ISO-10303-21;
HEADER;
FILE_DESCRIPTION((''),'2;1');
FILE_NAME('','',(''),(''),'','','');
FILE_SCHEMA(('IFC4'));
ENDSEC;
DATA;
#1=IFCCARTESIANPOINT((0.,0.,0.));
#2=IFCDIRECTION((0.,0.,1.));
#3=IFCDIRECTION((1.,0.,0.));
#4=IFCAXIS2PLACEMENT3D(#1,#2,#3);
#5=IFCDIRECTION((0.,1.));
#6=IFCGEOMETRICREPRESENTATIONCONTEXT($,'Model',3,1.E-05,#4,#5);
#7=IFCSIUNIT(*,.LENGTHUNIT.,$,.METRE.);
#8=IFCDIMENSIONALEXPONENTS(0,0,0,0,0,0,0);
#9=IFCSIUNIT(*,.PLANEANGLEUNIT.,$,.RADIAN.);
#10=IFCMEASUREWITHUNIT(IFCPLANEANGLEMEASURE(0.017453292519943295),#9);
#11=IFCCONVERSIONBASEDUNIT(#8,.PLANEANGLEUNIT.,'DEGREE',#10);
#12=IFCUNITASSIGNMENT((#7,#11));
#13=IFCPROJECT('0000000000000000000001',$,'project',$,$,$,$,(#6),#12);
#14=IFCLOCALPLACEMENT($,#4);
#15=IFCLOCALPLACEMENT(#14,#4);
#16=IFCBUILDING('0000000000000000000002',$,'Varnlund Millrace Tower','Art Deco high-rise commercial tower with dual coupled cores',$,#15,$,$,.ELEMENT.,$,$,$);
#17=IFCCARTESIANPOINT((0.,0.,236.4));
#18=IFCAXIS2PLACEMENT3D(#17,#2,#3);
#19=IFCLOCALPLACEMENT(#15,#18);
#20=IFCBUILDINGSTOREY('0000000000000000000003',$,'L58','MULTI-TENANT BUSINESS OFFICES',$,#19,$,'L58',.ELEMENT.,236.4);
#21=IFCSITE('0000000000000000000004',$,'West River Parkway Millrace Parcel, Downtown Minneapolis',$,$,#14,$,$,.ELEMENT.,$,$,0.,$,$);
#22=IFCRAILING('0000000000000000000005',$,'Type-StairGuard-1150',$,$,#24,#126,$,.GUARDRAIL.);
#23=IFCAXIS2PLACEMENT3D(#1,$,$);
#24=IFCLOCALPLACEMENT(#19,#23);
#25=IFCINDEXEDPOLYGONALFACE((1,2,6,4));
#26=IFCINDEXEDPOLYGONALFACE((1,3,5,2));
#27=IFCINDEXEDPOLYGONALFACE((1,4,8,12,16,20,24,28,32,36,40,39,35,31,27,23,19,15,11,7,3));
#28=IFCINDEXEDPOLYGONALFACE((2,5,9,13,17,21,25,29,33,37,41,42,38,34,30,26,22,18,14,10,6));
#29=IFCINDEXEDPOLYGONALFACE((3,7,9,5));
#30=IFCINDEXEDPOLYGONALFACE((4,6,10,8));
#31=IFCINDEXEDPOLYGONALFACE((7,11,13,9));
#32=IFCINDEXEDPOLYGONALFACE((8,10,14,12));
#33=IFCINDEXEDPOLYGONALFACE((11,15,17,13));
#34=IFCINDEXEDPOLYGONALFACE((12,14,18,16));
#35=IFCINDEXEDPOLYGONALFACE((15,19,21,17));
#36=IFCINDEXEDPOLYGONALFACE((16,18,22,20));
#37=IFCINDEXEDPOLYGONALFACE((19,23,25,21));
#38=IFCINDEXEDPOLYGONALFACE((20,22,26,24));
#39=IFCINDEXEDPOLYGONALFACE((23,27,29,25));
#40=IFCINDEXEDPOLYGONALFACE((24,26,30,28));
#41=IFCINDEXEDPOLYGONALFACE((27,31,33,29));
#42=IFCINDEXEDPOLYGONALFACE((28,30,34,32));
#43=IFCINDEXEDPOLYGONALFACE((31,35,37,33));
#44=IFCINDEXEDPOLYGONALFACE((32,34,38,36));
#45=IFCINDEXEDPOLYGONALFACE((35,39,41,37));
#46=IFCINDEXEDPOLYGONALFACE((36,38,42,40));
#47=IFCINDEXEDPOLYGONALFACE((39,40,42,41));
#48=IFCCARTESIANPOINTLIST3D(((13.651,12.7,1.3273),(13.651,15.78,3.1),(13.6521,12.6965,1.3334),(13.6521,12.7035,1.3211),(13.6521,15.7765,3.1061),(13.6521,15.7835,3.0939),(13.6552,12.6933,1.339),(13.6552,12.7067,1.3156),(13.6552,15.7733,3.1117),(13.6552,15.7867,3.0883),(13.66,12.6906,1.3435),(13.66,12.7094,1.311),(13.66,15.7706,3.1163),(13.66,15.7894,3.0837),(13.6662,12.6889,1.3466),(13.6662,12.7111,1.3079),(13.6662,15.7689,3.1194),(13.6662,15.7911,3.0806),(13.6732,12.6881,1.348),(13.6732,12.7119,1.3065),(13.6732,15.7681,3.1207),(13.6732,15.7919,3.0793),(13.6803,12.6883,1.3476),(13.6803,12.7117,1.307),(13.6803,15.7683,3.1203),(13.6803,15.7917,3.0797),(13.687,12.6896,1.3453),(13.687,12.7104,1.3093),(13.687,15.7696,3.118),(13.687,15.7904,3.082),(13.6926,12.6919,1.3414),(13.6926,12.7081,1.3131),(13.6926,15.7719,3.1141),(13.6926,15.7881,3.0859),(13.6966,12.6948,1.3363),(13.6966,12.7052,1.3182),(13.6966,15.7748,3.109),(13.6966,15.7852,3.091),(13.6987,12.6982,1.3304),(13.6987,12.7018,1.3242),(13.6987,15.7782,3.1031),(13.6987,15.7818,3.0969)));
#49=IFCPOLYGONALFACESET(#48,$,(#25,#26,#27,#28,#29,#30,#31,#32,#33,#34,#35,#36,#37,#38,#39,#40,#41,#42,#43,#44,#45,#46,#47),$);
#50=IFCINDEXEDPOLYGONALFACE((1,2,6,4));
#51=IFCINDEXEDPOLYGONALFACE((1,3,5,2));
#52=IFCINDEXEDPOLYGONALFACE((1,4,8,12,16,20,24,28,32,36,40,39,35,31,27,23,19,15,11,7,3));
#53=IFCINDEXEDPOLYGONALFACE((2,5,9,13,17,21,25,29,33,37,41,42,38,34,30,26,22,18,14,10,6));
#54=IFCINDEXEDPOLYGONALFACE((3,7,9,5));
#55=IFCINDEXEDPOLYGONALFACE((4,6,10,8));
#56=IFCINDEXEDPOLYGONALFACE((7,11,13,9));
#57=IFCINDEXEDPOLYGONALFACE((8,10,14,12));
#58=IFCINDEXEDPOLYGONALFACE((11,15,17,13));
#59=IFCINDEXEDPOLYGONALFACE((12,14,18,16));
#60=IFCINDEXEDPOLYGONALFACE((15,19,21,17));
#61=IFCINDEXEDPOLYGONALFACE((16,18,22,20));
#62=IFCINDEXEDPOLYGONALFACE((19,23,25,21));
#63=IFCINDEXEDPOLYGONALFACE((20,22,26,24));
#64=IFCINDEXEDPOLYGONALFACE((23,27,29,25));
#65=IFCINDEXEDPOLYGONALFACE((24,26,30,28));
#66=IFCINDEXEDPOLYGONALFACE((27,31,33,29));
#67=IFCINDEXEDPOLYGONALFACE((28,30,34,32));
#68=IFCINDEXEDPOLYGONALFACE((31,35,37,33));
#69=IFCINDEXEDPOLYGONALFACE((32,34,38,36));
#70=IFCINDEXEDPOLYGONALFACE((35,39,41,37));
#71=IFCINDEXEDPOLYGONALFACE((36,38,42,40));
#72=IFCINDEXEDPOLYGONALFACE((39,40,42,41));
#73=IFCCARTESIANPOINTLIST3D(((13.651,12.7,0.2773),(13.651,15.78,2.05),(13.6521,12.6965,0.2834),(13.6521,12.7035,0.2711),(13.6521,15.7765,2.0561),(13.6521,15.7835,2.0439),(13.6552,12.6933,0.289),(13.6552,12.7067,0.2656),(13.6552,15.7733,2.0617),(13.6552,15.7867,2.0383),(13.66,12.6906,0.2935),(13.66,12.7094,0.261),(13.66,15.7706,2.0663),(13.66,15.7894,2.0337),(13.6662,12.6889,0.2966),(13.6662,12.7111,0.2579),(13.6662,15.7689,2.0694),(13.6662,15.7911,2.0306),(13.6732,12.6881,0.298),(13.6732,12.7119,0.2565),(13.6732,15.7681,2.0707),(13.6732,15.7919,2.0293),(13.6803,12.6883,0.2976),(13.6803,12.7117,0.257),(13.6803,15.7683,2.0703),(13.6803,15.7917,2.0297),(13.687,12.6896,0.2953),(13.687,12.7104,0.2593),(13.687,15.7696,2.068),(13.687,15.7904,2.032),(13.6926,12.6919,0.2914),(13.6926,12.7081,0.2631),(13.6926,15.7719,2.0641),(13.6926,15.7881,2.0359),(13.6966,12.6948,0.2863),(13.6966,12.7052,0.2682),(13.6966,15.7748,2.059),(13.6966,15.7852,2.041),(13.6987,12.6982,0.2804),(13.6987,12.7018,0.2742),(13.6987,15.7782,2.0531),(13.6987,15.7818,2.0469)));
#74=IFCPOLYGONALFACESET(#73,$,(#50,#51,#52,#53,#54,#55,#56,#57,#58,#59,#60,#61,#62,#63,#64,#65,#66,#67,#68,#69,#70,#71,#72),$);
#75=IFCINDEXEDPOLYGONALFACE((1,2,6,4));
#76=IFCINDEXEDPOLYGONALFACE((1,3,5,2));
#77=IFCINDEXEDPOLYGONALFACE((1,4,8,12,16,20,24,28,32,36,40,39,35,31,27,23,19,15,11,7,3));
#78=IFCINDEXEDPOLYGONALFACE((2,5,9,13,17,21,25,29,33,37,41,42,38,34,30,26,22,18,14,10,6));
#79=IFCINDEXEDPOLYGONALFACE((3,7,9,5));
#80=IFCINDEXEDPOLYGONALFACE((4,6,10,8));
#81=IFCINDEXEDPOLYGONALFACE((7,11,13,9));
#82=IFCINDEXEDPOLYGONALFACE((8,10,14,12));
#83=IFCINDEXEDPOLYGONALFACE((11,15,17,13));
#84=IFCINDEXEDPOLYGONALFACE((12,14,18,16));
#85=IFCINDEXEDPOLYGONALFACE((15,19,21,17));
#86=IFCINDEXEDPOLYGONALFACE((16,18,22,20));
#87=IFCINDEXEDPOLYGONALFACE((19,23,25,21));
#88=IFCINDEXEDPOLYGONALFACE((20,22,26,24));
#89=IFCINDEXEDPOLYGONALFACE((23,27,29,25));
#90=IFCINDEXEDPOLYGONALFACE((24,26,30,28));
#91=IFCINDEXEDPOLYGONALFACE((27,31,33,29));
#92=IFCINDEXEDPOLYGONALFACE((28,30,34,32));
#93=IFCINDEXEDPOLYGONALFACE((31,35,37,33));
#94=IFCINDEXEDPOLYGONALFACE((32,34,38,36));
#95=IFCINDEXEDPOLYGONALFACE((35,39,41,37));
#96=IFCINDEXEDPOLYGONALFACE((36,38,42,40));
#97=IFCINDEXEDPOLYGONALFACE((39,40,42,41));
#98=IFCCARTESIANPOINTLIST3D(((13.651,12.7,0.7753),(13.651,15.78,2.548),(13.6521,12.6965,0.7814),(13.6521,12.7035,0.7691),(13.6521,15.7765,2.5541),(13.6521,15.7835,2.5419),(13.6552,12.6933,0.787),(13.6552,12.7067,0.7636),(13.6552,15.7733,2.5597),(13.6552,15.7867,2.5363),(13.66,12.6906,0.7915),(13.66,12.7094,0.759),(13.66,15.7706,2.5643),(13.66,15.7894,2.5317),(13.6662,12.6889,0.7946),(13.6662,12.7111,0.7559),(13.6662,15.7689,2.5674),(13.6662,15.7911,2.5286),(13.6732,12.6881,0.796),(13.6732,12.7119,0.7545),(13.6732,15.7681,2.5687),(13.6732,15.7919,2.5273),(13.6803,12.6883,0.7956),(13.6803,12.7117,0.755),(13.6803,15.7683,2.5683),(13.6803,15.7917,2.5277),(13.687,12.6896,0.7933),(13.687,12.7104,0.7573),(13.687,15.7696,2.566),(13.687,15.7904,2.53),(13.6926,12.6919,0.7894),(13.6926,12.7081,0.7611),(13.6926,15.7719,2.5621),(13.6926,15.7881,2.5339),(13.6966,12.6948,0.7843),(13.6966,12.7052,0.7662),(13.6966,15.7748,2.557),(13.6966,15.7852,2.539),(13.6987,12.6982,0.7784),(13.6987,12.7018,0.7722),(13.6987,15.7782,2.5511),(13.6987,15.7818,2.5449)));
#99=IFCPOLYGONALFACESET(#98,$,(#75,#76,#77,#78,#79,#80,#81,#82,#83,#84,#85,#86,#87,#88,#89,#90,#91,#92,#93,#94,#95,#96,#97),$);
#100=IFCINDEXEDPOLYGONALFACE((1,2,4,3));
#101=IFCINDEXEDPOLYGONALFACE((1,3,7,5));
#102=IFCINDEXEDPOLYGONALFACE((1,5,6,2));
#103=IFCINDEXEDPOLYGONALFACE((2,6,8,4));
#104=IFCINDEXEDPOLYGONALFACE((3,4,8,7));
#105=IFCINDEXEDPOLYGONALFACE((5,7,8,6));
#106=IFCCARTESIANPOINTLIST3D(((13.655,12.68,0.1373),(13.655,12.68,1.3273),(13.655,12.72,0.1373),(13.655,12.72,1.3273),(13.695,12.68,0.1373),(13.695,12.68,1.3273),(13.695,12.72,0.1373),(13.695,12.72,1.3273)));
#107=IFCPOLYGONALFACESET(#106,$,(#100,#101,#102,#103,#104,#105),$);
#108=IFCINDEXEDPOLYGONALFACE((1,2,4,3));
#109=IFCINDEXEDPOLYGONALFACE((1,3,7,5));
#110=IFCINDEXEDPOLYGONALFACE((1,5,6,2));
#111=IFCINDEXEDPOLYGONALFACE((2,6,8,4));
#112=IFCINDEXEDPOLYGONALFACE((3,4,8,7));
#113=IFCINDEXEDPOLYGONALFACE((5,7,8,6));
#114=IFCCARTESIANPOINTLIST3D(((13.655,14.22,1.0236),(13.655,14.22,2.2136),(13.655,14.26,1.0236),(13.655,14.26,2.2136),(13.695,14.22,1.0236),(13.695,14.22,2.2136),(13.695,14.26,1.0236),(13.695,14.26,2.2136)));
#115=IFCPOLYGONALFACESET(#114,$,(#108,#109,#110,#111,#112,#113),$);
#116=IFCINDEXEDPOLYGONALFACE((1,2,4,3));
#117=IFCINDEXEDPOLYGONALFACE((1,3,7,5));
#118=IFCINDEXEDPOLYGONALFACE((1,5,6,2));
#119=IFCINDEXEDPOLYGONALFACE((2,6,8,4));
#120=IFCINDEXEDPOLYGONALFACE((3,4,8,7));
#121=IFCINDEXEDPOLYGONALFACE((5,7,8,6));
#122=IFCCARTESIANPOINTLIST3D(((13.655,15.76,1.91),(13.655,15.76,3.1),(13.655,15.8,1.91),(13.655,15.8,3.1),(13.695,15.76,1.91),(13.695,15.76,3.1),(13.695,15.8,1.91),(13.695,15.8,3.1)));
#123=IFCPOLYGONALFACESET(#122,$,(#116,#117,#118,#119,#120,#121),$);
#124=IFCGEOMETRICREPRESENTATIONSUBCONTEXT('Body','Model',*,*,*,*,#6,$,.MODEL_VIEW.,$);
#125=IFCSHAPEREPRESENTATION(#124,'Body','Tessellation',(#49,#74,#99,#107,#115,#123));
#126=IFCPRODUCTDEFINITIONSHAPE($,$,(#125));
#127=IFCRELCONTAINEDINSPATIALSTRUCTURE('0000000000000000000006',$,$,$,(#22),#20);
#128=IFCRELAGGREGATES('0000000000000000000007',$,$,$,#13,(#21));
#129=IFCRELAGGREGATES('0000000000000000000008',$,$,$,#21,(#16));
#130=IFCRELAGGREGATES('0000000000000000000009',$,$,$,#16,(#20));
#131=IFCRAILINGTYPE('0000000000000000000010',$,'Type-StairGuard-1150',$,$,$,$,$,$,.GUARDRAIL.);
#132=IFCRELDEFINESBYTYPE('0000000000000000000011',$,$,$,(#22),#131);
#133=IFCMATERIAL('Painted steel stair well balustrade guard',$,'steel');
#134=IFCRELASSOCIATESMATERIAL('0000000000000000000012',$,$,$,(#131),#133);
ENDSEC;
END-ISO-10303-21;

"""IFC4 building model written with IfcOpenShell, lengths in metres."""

from ifc_helpers import new_model, entity, si_unit, converted_unit, direction, frame, origin_with_axes, origin_2d_with_axis, place, context, subcontext, project, spatial, rectangle, circle, extrude, material, type_object, element, save


model = new_model("IFC4")

# Units and contexts
model_context = context("Model", 3, precision=1e-05, world=origin_with_axes(), true_north=direction((0.0, 1.0)))
body_context = subcontext(model_context, "Body", "Model", "MODEL_VIEW")
ifc_project = project(units=[si_unit("LENGTHUNIT", "METRE"), converted_unit("PLANEANGLEUNIT", "DEGREE", entity("IfcPlaneAngleMeasure", 0.017453292519943295), si_unit("PLANEANGLEUNIT", "RADIAN"), dimensions=[0, 0, 0, 0, 0, 0, 0])], contexts=[model_context])

# Site, building, storey
site_placement = place(None, origin_with_axes())
site = spatial("IfcSite", under=ifc_project, at=site_placement, Name="West River Parkway Millrace Parcel, Downtown Minneapolis", CompositionType="ELEMENT", RefElevation=0.0)
building_placement = place(site_placement, origin_with_axes())
building = spatial("IfcBuilding", under=site, at=building_placement, Name="Varnlund Millrace Tower", Description="Art Deco high-rise commercial tower with dual coupled cores", CompositionType="ELEMENT")
storey_placement = place(building_placement, frame((0.0, 0.0, 236.4), z_axis=(0.0, 0.0, 1.0), x_axis=(1.0, 0.0, 0.0)))
storey = spatial("IfcBuildingStorey", under=building, at=storey_placement, Name="L58", Description="MULTI-TENANT BUSINESS OFFICES", LongName="L58", CompositionType="ELEMENT", Elevation=236.4)

# Railing
ifc_material_1 = material(Name="Painted steel stair well balustrade guard", Category="steel")
railing_type_1 = type_object("IfcRailingType", Name="Type-StairGuard-1150", PredefinedType="GUARDRAIL", material=ifc_material_1)
railing_1_placement = place(storey_placement, frame((0.0, 0.0, -236.4), z_axis=(0.0, 0.0, 1.0), x_axis=(1.0, 0.0, 0.0)))
element("IfcRailing", 1, at=railing_1_placement, inside=storey, type_object=railing_type_1, Name="Type-StairGuard-1150", PredefinedType="GUARDRAIL", context=body_context, shape_type="SweptSolid", body=[
    extrude(circle(Radius=0.024, at=origin_2d_with_axis()), frame((13.675, 12.7, 237.7273), z_axis=(0.0, 0.866696, 0.498836), x_axis=(-1.0, 0.0, 0.0)), (0.0, 0.0, 1.0), 3.5537),
    extrude(circle(Radius=0.024, at=origin_2d_with_axis()), frame((13.675, 12.7, 236.6773), z_axis=(0.0, 0.866696, 0.498836), x_axis=(-1.0, 0.0, 0.0)), (0.0, 0.0, 1.0), 3.5537),
    extrude(circle(Radius=0.024, at=origin_2d_with_axis()), frame((13.675, 12.7, 237.1753), z_axis=(0.0, 0.866696, 0.498836), x_axis=(-1.0, 0.0, 0.0)), (0.0, 0.0, 1.0), 3.5537),
    extrude(rectangle(XDim=0.04, YDim=0.04, at=origin_2d_with_axis()), frame((13.675, 12.7, 236.5373), z_axis=(0.0, 0.0, 1.0), x_axis=(1.0, 0.0, 0.0)), (0.0, 0.0, 1.0), 1.19),
    extrude(rectangle(XDim=0.04, YDim=0.04, at=origin_2d_with_axis()), frame((13.675, 14.24, 237.4236), z_axis=(0.0, 0.0, 1.0), x_axis=(1.0, 0.0, 0.0)), (0.0, 0.0, 1.0), 1.19),
    extrude(rectangle(XDim=0.04, YDim=0.04, at=origin_2d_with_axis()), frame((13.675, 15.78, 238.31), z_axis=(0.0, 0.0, 1.0), x_axis=(1.0, 0.0, 0.0)), (0.0, 0.0, 1.0), 1.19),
])

save(model, "model.ifc")
